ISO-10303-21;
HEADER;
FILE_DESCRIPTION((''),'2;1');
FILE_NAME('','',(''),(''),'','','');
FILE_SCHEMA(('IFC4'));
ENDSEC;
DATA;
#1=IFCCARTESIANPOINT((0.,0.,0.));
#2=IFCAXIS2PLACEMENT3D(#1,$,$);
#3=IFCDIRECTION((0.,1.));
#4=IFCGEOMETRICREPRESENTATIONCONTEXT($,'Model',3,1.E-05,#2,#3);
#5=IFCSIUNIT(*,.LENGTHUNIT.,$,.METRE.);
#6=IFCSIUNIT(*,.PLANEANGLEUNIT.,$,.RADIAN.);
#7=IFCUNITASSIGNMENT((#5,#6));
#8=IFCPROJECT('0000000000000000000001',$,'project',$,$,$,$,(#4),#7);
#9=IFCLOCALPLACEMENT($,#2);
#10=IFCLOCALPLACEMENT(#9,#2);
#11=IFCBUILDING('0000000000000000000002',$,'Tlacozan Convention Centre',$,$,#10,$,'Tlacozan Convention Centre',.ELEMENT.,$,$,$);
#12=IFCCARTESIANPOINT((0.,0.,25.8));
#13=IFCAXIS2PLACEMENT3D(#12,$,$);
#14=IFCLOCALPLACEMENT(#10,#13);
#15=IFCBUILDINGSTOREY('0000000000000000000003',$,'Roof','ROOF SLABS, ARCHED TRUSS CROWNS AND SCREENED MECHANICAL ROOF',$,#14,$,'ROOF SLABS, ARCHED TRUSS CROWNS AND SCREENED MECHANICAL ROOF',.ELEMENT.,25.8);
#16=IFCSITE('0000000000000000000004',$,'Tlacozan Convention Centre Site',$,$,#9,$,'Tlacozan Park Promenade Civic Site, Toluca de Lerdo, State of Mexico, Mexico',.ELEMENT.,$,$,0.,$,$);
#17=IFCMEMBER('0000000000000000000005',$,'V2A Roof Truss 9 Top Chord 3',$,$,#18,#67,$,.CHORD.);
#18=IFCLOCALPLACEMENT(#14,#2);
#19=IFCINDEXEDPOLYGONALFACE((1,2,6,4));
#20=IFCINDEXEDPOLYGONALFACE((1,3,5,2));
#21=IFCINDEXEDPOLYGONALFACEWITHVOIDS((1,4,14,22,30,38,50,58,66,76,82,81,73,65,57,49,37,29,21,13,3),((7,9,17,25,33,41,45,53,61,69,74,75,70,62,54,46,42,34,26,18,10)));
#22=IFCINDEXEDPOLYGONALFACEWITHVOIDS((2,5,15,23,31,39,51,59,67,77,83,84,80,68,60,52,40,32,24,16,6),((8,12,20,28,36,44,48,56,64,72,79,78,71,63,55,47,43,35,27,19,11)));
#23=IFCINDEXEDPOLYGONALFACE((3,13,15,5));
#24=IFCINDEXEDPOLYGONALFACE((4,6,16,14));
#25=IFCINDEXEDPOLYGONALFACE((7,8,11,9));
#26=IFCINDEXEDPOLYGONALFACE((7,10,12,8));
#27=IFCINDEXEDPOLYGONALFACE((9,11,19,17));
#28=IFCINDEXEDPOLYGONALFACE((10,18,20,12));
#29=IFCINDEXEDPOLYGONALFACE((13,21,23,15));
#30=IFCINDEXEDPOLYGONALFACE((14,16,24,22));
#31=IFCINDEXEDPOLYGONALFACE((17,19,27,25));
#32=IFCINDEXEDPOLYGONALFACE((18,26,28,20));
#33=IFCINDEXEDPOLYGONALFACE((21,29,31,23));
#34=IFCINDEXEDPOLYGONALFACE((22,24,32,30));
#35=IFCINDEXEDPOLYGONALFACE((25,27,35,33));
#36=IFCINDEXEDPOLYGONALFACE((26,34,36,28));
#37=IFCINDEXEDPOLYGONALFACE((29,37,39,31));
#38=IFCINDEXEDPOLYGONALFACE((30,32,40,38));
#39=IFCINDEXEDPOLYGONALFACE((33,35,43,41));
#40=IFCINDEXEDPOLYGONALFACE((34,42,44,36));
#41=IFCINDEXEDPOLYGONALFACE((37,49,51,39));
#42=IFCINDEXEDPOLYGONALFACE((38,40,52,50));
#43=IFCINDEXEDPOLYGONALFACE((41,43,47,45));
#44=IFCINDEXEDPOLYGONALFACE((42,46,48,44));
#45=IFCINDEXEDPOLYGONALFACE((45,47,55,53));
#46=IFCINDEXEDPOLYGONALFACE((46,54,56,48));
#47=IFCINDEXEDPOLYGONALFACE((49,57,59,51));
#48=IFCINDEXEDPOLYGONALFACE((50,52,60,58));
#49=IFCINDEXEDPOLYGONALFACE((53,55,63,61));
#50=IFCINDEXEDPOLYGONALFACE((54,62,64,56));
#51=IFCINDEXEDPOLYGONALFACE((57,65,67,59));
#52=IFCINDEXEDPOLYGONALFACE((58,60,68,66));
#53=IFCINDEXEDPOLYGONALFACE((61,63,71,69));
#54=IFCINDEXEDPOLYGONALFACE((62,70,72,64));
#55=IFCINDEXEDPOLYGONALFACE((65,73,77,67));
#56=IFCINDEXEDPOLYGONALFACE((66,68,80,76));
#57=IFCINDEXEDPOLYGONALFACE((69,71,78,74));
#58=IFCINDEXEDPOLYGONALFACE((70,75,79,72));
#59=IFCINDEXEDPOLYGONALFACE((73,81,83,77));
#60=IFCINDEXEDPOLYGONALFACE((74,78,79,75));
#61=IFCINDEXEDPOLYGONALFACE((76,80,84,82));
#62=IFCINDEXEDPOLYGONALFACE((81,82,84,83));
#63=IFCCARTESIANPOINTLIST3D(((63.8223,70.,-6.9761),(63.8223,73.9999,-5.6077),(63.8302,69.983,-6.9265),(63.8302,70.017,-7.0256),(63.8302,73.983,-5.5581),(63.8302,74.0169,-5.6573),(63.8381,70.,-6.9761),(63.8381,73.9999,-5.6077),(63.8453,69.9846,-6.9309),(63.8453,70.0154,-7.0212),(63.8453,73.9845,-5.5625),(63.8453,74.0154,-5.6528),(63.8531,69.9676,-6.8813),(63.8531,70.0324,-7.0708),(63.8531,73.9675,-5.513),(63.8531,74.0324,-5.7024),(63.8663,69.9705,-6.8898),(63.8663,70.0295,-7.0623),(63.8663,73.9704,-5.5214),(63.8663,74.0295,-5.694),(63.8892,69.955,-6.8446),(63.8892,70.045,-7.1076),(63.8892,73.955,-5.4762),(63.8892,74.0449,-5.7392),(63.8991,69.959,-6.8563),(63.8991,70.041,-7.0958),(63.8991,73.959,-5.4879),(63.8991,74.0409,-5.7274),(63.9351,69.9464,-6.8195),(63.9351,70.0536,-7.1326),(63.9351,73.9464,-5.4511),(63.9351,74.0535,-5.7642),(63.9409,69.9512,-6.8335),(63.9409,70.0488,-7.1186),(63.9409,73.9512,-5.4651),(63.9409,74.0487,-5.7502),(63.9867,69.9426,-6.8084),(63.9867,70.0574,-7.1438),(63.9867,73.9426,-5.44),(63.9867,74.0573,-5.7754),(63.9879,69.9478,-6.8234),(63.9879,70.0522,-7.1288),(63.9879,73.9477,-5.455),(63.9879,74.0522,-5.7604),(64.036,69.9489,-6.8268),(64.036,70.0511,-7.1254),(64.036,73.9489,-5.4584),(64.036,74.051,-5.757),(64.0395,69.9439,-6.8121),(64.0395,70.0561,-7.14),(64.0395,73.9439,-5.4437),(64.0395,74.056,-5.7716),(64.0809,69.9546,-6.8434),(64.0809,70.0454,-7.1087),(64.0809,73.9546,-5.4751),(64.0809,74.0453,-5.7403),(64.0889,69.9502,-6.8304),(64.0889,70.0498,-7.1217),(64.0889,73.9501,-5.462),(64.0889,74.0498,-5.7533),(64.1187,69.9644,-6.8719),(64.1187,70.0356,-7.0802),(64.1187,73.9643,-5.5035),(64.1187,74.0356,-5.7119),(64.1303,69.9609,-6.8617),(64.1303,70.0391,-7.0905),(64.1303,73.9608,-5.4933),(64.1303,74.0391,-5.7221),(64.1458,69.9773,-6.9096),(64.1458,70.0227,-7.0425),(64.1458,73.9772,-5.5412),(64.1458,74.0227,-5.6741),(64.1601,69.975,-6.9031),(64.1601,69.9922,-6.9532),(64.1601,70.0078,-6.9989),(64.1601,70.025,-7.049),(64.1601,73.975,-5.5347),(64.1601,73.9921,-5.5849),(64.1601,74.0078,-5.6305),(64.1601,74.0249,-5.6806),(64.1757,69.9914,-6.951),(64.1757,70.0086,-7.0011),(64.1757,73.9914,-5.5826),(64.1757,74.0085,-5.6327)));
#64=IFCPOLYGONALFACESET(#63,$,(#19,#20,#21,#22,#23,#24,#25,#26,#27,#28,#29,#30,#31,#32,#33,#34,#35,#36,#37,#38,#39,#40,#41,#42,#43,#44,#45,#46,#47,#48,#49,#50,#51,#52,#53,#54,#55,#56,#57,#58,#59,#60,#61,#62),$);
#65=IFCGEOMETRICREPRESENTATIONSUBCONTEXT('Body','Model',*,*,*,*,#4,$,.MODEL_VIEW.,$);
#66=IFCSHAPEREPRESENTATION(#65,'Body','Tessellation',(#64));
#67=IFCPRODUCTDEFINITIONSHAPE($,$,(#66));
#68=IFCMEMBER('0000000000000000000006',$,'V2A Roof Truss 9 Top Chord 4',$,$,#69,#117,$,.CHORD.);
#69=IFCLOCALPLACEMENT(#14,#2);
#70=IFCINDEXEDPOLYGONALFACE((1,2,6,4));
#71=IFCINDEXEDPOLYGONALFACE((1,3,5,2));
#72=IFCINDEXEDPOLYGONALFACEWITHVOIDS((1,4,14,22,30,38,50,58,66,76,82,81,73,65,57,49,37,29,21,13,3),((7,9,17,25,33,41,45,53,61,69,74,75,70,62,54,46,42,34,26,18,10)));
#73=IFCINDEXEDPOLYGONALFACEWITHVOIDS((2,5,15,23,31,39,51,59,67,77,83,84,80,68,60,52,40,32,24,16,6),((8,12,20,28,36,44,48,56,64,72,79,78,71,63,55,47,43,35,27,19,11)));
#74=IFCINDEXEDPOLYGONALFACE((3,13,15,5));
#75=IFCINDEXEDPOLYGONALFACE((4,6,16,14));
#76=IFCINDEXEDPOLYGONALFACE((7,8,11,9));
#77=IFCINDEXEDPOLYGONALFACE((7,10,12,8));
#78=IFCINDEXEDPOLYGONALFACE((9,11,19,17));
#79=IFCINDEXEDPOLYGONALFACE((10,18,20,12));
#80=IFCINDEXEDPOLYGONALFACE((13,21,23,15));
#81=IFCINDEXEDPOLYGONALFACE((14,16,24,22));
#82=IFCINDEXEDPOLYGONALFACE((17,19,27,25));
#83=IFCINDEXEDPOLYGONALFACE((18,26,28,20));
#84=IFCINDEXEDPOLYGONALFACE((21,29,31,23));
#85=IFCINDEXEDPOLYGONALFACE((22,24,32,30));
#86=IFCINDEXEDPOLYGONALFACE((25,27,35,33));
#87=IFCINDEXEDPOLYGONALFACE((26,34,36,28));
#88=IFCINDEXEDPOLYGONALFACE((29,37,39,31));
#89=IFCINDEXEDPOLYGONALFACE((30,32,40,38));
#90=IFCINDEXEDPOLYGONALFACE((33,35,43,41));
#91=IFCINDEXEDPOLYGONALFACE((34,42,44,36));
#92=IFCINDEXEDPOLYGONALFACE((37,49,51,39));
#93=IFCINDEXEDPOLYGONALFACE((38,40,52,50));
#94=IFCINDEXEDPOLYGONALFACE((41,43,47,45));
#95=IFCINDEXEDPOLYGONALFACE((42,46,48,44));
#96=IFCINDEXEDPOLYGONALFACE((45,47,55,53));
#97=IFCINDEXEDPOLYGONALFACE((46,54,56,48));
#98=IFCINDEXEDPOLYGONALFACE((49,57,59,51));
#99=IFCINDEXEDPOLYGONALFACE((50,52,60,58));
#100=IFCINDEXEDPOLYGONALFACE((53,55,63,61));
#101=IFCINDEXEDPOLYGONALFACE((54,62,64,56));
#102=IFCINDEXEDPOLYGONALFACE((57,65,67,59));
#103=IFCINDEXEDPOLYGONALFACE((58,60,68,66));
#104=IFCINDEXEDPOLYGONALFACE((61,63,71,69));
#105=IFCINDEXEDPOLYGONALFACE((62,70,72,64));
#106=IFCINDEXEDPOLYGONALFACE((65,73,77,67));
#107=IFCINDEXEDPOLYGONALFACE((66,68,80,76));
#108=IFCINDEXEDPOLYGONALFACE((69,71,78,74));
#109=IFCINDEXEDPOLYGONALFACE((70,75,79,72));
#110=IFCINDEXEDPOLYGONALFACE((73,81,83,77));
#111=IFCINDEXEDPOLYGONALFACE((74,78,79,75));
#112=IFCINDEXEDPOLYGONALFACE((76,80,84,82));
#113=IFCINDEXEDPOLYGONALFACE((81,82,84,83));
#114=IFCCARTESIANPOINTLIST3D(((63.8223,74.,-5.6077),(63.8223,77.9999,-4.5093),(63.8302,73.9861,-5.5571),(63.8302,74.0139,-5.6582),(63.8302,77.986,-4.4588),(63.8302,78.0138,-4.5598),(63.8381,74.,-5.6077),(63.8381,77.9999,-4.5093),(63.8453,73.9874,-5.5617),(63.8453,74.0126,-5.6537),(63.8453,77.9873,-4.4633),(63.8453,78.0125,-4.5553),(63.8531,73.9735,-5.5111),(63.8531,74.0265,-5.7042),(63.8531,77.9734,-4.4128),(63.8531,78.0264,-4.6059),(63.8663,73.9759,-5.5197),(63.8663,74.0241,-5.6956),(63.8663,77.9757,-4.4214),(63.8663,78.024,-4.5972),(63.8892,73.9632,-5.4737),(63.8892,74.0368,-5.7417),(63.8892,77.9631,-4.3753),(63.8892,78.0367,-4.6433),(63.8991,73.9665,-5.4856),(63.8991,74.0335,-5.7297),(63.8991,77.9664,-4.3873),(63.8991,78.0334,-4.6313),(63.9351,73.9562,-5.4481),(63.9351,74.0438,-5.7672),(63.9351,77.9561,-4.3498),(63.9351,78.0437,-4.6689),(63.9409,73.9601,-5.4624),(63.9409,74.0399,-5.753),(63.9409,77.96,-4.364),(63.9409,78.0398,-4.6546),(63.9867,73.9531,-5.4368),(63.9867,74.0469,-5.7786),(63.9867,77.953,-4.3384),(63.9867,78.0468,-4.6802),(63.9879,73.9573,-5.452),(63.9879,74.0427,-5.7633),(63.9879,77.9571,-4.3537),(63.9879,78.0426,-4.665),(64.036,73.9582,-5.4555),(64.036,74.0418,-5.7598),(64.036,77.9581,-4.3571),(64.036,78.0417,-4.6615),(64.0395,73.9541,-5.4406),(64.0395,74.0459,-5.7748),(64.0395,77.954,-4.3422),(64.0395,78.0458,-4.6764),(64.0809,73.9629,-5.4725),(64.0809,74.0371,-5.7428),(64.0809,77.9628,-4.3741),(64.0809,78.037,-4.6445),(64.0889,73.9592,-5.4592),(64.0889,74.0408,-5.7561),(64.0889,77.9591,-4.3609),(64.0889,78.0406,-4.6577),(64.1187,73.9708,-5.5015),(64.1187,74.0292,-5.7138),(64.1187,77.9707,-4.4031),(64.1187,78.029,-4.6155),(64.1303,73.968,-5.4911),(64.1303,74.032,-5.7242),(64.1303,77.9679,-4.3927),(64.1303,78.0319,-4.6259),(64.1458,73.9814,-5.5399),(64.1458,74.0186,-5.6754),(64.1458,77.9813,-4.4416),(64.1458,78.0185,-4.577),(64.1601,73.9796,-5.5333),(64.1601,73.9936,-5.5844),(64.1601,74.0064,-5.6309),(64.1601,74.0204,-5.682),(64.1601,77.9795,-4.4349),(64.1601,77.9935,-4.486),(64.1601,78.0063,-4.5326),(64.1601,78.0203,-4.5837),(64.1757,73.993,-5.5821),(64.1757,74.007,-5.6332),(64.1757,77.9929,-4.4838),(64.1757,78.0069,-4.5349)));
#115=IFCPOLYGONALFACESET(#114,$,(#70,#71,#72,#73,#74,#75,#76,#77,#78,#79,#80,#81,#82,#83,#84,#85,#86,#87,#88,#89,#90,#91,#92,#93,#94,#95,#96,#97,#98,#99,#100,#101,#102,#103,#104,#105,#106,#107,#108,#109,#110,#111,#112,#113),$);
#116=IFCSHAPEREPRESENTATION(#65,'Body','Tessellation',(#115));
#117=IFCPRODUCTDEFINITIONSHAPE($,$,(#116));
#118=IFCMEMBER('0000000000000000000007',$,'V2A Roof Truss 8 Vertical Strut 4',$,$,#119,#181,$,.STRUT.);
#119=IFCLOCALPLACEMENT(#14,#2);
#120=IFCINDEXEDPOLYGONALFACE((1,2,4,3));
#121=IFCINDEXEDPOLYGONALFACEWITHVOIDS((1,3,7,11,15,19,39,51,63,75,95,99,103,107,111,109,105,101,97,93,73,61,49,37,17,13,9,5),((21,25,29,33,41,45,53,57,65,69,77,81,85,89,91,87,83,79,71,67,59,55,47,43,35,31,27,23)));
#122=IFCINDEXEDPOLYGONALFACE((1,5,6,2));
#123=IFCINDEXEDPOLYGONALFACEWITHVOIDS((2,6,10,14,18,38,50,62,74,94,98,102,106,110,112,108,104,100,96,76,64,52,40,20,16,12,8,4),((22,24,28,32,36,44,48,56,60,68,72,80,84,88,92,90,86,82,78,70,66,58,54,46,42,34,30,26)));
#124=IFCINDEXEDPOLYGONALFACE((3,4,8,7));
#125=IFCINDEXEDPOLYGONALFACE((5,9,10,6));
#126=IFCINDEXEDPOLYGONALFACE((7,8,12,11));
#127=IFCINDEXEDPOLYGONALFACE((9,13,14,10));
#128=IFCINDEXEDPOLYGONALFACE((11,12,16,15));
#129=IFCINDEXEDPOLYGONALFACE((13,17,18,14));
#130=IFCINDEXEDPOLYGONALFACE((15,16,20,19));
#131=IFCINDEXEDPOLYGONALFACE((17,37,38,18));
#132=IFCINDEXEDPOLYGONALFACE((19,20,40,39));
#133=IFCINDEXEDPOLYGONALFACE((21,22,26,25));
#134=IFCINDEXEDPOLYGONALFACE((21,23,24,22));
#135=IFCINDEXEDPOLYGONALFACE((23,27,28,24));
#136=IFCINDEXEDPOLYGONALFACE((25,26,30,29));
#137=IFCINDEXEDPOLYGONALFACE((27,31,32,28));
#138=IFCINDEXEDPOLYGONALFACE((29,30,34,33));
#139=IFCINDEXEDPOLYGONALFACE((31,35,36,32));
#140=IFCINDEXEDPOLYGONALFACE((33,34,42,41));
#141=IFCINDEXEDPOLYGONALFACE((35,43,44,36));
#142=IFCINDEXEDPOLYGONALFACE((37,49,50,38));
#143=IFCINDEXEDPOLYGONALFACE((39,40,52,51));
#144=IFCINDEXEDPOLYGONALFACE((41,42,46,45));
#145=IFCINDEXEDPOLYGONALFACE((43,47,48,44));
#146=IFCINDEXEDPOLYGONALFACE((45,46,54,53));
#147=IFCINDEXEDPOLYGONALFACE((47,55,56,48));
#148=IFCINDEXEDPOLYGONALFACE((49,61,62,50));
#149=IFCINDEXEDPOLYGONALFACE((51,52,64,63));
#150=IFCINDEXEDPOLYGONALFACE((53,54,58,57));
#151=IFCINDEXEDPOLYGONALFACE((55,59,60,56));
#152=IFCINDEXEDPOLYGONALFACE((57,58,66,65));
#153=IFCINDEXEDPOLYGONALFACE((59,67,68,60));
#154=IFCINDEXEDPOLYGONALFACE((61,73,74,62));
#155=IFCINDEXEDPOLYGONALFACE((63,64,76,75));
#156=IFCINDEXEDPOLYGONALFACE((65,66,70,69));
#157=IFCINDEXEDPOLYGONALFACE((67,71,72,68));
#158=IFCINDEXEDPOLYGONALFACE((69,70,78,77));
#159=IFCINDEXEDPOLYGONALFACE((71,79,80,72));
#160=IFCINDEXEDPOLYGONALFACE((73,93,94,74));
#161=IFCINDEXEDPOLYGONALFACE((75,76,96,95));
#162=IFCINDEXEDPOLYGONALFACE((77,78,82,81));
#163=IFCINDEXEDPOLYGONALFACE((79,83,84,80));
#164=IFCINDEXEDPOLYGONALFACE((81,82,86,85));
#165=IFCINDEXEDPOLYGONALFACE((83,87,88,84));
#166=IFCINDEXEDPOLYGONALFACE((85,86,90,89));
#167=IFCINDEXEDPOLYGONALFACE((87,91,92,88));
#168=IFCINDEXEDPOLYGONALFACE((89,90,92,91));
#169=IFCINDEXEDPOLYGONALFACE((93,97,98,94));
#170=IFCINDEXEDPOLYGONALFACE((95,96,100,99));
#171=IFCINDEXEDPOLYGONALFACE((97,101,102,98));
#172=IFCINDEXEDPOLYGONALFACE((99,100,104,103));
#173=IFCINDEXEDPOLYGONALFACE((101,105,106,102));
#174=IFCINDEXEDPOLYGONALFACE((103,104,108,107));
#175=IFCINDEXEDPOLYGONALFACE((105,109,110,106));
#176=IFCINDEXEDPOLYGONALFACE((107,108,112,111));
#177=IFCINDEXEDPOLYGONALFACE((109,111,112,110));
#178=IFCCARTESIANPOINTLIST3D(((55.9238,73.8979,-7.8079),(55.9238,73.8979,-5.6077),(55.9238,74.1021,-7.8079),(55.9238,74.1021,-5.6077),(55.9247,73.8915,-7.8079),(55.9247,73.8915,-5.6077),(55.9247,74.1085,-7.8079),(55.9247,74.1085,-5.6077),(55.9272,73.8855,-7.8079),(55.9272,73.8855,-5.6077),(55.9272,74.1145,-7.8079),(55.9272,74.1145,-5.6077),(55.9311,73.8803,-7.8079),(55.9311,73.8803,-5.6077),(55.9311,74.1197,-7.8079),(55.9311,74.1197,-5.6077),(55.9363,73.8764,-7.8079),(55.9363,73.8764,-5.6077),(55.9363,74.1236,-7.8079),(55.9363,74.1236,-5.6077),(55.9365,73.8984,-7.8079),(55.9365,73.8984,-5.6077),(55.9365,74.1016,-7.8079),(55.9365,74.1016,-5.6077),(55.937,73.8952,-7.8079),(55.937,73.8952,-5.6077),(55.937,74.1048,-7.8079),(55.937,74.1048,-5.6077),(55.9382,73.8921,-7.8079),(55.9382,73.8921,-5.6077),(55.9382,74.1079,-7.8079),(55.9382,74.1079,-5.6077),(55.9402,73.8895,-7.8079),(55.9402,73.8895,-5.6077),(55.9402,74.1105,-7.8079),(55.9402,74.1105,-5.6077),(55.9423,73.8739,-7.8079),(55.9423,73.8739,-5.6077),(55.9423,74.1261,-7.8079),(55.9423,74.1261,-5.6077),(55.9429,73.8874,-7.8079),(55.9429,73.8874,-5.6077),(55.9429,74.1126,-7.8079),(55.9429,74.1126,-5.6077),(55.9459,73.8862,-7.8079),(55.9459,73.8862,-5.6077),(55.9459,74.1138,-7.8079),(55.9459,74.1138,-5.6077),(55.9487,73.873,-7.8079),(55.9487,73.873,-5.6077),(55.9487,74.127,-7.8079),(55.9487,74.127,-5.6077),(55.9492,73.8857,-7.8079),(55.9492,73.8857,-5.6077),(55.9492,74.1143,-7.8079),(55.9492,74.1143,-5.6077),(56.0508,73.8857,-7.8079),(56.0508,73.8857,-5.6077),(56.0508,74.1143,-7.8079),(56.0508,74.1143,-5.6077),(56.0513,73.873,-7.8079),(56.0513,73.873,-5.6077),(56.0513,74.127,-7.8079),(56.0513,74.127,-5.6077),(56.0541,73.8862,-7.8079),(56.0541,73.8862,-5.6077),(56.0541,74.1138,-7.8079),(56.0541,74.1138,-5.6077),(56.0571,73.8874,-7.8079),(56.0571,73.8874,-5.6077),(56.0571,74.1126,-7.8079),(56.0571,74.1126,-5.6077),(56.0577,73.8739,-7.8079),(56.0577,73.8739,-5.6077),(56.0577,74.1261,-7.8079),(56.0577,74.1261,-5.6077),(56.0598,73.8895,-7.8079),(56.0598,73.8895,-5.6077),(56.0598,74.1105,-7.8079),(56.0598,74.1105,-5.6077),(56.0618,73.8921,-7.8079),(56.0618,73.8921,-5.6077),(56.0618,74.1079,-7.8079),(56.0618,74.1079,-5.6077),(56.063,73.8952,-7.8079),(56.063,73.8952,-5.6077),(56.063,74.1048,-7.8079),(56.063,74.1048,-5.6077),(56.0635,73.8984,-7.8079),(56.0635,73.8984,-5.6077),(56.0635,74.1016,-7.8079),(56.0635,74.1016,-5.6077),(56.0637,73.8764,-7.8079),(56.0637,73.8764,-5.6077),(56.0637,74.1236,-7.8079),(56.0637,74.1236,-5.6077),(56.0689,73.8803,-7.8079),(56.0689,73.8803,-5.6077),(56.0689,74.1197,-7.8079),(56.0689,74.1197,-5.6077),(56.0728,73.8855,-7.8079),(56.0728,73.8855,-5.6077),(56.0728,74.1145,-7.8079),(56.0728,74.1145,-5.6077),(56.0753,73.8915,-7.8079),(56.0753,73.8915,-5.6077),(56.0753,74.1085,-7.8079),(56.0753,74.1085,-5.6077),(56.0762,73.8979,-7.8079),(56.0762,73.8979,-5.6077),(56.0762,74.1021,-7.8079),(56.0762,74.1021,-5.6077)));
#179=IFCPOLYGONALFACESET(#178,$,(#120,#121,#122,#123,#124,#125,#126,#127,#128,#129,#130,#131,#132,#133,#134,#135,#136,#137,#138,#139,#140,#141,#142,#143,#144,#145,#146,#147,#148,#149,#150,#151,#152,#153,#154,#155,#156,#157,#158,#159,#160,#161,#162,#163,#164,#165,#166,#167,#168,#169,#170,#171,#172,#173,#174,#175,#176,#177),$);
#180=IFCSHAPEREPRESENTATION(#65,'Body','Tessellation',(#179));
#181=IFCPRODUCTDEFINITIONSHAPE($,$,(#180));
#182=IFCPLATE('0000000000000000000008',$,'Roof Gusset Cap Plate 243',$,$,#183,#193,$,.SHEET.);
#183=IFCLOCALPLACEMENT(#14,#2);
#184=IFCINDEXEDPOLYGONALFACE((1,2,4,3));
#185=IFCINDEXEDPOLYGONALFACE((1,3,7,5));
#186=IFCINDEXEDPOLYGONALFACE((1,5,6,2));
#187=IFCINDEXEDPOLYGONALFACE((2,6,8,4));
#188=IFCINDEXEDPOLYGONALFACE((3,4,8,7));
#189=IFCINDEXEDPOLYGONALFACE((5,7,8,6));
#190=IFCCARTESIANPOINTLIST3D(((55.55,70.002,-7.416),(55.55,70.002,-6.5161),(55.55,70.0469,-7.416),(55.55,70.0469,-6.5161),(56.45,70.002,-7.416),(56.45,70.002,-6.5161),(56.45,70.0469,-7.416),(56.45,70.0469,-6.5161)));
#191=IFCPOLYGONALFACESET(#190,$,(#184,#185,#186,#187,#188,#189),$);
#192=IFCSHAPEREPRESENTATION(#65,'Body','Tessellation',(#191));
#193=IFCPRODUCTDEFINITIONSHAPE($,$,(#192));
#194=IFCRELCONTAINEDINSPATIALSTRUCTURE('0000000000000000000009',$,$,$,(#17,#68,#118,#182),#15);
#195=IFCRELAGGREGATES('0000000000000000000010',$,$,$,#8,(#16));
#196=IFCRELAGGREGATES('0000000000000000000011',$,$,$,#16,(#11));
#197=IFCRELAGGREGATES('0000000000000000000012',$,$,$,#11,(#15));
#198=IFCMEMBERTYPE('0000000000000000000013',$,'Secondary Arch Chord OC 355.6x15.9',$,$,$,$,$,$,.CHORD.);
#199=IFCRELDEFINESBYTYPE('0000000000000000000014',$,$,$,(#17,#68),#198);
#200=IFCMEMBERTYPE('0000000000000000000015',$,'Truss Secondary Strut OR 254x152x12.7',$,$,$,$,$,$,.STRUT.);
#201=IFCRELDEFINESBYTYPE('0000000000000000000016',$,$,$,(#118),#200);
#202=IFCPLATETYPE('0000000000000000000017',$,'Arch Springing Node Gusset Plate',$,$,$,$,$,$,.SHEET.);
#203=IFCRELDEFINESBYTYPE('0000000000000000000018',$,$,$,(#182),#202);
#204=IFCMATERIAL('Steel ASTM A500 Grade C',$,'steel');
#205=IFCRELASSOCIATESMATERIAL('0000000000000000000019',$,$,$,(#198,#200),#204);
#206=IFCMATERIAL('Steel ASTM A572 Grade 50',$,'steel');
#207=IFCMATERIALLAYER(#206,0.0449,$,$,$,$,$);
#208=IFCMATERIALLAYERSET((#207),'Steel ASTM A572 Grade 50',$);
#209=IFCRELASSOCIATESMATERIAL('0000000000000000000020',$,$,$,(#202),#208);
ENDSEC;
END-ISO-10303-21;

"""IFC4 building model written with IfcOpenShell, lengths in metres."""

from ifc_helpers import new_model, si_unit, direction, frame, origin, origin_2d, place, context, subcontext, project, spatial, rectangle, hollow_rectangle, hollow_circle, extrude, material, layer, layer_set, material_profile, profile_set, type_object, element, save


model = new_model("IFC4")

# Units and contexts
model_context = context("Model", 3, precision=1e-05, world=origin(), true_north=direction((0.0, 1.0)))
body_context = subcontext(model_context, "Body", "Model", "MODEL_VIEW")
ifc_project = project(units=[si_unit("LENGTHUNIT", "METRE"), si_unit("PLANEANGLEUNIT", "RADIAN")], contexts=[model_context])

# Site, building, storey
site_placement = place(None, origin())
site = spatial("IfcSite", under=ifc_project, at=site_placement, Name="Tlacozan Convention Centre Site", LongName="Tlacozan Park Promenade Civic Site, Toluca de Lerdo, State of Mexico, Mexico", CompositionType="ELEMENT", RefElevation=0.0)
building_placement = place(site_placement, origin())
building = spatial("IfcBuilding", under=site, at=building_placement, Name="Tlacozan Convention Centre", LongName="Tlacozan Convention Centre", CompositionType="ELEMENT")
storey_placement = place(building_placement, frame((0.0, 0.0, 25.8)))
storey = spatial("IfcBuildingStorey", under=building, at=storey_placement, Name="Roof", Description="ROOF SLABS, ARCHED TRUSS CROWNS AND SCREENED MECHANICAL ROOF", LongName="ROOF SLABS, ARCHED TRUSS CROWNS AND SCREENED MECHANICAL ROOF", CompositionType="ELEMENT", Elevation=25.8)

# Members
ifc_material_1 = material(Name="Steel ASTM A500 Grade C", Category="steel")
ifc_material_profile_1 = material_profile(ifc_material_1, hollow_circle(Radius=0.1777, WallThickness=0.0159, at=origin_2d()), Name="OC 355.6x15.9")
ifc_profile_set_1 = profile_set([ifc_material_profile_1], Name="Steel ASTM A500 Grade C")
member_type_1 = type_object("IfcMemberType", Name="Secondary Arch Chord OC 355.6x15.9", PredefinedType="CHORD", material=ifc_profile_set_1)
member_1_placement = place(storey_placement, frame((64.0, 70.0, -6.9761), z_axis=(0.0, 0.946165, 0.323685), x_axis=(-1.0, 0.0, 0.0)))
element("IfcMember", 1, at=member_1_placement, inside=storey, type_object=member_type_1, Name="V2A Roof Truss 9 Top Chord 3", PredefinedType="CHORD", context=body_context, shape_type="SweptSolid", body=[
    extrude(hollow_circle(Radius=0.1777, WallThickness=0.0159, at=origin_2d()), origin(), (0.0, 0.0, 1.0), 4.2275),
])
member_2_placement = place(storey_placement, frame((64.0, 74.0, -5.6077), z_axis=(0.0, 0.964305, 0.264795), x_axis=(-1.0, 0.0, 0.0)))
element("IfcMember", 2, at=member_2_placement, inside=storey, type_object=member_type_1, Name="V2A Roof Truss 9 Top Chord 4", PredefinedType="CHORD", context=body_context, shape_type="SweptSolid", body=[
    extrude(hollow_circle(Radius=0.1777, WallThickness=0.0159, at=origin_2d()), origin(), (0.0, 0.0, 1.0), 4.1479),
])
ifc_material_profile_2 = material_profile(ifc_material_1, hollow_rectangle(XDim=0.1523, YDim=0.2539, WallThickness=0.0127, InnerFilletRadius=0.0127, OuterFilletRadius=0.0249, at=origin_2d()), Name="OR 254x152x12.7")
ifc_profile_set_2 = profile_set([ifc_material_profile_2], Name="Steel ASTM A500 Grade C")
member_type_2 = type_object("IfcMemberType", Name="Truss Secondary Strut OR 254x152x12.7", PredefinedType="STRUT", material=ifc_profile_set_2)
member_3_placement = place(storey_placement, frame((56.0, 74.0, -7.8079), z_axis=(0.0, 0.0, 1.0), x_axis=(1.0, 0.0, 0.0)))
element("IfcMember", 3, at=member_3_placement, inside=storey, type_object=member_type_2, Name="V2A Roof Truss 8 Vertical Strut 4", PredefinedType="STRUT", context=body_context, shape_type="SweptSolid", body=[
    extrude(hollow_rectangle(XDim=0.1523, YDim=0.2539, WallThickness=0.0127, InnerFilletRadius=0.0127, OuterFilletRadius=0.0249, at=origin_2d()), origin(), (0.0, 0.0, 1.0), 2.2002),
])

# Plate
ifc_material_2 = material(Name="Steel ASTM A572 Grade 50", Category="steel")
ifc_layer = layer(ifc_material_2, 0.0449)
ifc_layer_set = layer_set([ifc_layer], Name="Steel ASTM A572 Grade 50")
plate_type = type_object("IfcPlateType", Name="Arch Springing Node Gusset Plate", PredefinedType="SHEET", material=ifc_layer_set)
for number, where, z_axis, x_axis, name in (
    (4, (56.0, 70.0244, -7.416), (0.0, 0.0, 1.0), (0.0, 1.0, 0.0), "Roof Gusset Cap Plate 243"),
):
    element("IfcPlate", number, at=place(storey_placement, frame(where, z_axis=z_axis, x_axis=x_axis)), inside=storey, type_object=plate_type, Name=name, PredefinedType="SHEET", context=body_context, shape_type="SweptSolid", body=[
        extrude(rectangle(XDim=0.0449, YDim=0.8999, at=origin_2d()), origin(), (0.0, 0.0, 1.0), 0.8999),
    ])

save(model, "model.ifc")
